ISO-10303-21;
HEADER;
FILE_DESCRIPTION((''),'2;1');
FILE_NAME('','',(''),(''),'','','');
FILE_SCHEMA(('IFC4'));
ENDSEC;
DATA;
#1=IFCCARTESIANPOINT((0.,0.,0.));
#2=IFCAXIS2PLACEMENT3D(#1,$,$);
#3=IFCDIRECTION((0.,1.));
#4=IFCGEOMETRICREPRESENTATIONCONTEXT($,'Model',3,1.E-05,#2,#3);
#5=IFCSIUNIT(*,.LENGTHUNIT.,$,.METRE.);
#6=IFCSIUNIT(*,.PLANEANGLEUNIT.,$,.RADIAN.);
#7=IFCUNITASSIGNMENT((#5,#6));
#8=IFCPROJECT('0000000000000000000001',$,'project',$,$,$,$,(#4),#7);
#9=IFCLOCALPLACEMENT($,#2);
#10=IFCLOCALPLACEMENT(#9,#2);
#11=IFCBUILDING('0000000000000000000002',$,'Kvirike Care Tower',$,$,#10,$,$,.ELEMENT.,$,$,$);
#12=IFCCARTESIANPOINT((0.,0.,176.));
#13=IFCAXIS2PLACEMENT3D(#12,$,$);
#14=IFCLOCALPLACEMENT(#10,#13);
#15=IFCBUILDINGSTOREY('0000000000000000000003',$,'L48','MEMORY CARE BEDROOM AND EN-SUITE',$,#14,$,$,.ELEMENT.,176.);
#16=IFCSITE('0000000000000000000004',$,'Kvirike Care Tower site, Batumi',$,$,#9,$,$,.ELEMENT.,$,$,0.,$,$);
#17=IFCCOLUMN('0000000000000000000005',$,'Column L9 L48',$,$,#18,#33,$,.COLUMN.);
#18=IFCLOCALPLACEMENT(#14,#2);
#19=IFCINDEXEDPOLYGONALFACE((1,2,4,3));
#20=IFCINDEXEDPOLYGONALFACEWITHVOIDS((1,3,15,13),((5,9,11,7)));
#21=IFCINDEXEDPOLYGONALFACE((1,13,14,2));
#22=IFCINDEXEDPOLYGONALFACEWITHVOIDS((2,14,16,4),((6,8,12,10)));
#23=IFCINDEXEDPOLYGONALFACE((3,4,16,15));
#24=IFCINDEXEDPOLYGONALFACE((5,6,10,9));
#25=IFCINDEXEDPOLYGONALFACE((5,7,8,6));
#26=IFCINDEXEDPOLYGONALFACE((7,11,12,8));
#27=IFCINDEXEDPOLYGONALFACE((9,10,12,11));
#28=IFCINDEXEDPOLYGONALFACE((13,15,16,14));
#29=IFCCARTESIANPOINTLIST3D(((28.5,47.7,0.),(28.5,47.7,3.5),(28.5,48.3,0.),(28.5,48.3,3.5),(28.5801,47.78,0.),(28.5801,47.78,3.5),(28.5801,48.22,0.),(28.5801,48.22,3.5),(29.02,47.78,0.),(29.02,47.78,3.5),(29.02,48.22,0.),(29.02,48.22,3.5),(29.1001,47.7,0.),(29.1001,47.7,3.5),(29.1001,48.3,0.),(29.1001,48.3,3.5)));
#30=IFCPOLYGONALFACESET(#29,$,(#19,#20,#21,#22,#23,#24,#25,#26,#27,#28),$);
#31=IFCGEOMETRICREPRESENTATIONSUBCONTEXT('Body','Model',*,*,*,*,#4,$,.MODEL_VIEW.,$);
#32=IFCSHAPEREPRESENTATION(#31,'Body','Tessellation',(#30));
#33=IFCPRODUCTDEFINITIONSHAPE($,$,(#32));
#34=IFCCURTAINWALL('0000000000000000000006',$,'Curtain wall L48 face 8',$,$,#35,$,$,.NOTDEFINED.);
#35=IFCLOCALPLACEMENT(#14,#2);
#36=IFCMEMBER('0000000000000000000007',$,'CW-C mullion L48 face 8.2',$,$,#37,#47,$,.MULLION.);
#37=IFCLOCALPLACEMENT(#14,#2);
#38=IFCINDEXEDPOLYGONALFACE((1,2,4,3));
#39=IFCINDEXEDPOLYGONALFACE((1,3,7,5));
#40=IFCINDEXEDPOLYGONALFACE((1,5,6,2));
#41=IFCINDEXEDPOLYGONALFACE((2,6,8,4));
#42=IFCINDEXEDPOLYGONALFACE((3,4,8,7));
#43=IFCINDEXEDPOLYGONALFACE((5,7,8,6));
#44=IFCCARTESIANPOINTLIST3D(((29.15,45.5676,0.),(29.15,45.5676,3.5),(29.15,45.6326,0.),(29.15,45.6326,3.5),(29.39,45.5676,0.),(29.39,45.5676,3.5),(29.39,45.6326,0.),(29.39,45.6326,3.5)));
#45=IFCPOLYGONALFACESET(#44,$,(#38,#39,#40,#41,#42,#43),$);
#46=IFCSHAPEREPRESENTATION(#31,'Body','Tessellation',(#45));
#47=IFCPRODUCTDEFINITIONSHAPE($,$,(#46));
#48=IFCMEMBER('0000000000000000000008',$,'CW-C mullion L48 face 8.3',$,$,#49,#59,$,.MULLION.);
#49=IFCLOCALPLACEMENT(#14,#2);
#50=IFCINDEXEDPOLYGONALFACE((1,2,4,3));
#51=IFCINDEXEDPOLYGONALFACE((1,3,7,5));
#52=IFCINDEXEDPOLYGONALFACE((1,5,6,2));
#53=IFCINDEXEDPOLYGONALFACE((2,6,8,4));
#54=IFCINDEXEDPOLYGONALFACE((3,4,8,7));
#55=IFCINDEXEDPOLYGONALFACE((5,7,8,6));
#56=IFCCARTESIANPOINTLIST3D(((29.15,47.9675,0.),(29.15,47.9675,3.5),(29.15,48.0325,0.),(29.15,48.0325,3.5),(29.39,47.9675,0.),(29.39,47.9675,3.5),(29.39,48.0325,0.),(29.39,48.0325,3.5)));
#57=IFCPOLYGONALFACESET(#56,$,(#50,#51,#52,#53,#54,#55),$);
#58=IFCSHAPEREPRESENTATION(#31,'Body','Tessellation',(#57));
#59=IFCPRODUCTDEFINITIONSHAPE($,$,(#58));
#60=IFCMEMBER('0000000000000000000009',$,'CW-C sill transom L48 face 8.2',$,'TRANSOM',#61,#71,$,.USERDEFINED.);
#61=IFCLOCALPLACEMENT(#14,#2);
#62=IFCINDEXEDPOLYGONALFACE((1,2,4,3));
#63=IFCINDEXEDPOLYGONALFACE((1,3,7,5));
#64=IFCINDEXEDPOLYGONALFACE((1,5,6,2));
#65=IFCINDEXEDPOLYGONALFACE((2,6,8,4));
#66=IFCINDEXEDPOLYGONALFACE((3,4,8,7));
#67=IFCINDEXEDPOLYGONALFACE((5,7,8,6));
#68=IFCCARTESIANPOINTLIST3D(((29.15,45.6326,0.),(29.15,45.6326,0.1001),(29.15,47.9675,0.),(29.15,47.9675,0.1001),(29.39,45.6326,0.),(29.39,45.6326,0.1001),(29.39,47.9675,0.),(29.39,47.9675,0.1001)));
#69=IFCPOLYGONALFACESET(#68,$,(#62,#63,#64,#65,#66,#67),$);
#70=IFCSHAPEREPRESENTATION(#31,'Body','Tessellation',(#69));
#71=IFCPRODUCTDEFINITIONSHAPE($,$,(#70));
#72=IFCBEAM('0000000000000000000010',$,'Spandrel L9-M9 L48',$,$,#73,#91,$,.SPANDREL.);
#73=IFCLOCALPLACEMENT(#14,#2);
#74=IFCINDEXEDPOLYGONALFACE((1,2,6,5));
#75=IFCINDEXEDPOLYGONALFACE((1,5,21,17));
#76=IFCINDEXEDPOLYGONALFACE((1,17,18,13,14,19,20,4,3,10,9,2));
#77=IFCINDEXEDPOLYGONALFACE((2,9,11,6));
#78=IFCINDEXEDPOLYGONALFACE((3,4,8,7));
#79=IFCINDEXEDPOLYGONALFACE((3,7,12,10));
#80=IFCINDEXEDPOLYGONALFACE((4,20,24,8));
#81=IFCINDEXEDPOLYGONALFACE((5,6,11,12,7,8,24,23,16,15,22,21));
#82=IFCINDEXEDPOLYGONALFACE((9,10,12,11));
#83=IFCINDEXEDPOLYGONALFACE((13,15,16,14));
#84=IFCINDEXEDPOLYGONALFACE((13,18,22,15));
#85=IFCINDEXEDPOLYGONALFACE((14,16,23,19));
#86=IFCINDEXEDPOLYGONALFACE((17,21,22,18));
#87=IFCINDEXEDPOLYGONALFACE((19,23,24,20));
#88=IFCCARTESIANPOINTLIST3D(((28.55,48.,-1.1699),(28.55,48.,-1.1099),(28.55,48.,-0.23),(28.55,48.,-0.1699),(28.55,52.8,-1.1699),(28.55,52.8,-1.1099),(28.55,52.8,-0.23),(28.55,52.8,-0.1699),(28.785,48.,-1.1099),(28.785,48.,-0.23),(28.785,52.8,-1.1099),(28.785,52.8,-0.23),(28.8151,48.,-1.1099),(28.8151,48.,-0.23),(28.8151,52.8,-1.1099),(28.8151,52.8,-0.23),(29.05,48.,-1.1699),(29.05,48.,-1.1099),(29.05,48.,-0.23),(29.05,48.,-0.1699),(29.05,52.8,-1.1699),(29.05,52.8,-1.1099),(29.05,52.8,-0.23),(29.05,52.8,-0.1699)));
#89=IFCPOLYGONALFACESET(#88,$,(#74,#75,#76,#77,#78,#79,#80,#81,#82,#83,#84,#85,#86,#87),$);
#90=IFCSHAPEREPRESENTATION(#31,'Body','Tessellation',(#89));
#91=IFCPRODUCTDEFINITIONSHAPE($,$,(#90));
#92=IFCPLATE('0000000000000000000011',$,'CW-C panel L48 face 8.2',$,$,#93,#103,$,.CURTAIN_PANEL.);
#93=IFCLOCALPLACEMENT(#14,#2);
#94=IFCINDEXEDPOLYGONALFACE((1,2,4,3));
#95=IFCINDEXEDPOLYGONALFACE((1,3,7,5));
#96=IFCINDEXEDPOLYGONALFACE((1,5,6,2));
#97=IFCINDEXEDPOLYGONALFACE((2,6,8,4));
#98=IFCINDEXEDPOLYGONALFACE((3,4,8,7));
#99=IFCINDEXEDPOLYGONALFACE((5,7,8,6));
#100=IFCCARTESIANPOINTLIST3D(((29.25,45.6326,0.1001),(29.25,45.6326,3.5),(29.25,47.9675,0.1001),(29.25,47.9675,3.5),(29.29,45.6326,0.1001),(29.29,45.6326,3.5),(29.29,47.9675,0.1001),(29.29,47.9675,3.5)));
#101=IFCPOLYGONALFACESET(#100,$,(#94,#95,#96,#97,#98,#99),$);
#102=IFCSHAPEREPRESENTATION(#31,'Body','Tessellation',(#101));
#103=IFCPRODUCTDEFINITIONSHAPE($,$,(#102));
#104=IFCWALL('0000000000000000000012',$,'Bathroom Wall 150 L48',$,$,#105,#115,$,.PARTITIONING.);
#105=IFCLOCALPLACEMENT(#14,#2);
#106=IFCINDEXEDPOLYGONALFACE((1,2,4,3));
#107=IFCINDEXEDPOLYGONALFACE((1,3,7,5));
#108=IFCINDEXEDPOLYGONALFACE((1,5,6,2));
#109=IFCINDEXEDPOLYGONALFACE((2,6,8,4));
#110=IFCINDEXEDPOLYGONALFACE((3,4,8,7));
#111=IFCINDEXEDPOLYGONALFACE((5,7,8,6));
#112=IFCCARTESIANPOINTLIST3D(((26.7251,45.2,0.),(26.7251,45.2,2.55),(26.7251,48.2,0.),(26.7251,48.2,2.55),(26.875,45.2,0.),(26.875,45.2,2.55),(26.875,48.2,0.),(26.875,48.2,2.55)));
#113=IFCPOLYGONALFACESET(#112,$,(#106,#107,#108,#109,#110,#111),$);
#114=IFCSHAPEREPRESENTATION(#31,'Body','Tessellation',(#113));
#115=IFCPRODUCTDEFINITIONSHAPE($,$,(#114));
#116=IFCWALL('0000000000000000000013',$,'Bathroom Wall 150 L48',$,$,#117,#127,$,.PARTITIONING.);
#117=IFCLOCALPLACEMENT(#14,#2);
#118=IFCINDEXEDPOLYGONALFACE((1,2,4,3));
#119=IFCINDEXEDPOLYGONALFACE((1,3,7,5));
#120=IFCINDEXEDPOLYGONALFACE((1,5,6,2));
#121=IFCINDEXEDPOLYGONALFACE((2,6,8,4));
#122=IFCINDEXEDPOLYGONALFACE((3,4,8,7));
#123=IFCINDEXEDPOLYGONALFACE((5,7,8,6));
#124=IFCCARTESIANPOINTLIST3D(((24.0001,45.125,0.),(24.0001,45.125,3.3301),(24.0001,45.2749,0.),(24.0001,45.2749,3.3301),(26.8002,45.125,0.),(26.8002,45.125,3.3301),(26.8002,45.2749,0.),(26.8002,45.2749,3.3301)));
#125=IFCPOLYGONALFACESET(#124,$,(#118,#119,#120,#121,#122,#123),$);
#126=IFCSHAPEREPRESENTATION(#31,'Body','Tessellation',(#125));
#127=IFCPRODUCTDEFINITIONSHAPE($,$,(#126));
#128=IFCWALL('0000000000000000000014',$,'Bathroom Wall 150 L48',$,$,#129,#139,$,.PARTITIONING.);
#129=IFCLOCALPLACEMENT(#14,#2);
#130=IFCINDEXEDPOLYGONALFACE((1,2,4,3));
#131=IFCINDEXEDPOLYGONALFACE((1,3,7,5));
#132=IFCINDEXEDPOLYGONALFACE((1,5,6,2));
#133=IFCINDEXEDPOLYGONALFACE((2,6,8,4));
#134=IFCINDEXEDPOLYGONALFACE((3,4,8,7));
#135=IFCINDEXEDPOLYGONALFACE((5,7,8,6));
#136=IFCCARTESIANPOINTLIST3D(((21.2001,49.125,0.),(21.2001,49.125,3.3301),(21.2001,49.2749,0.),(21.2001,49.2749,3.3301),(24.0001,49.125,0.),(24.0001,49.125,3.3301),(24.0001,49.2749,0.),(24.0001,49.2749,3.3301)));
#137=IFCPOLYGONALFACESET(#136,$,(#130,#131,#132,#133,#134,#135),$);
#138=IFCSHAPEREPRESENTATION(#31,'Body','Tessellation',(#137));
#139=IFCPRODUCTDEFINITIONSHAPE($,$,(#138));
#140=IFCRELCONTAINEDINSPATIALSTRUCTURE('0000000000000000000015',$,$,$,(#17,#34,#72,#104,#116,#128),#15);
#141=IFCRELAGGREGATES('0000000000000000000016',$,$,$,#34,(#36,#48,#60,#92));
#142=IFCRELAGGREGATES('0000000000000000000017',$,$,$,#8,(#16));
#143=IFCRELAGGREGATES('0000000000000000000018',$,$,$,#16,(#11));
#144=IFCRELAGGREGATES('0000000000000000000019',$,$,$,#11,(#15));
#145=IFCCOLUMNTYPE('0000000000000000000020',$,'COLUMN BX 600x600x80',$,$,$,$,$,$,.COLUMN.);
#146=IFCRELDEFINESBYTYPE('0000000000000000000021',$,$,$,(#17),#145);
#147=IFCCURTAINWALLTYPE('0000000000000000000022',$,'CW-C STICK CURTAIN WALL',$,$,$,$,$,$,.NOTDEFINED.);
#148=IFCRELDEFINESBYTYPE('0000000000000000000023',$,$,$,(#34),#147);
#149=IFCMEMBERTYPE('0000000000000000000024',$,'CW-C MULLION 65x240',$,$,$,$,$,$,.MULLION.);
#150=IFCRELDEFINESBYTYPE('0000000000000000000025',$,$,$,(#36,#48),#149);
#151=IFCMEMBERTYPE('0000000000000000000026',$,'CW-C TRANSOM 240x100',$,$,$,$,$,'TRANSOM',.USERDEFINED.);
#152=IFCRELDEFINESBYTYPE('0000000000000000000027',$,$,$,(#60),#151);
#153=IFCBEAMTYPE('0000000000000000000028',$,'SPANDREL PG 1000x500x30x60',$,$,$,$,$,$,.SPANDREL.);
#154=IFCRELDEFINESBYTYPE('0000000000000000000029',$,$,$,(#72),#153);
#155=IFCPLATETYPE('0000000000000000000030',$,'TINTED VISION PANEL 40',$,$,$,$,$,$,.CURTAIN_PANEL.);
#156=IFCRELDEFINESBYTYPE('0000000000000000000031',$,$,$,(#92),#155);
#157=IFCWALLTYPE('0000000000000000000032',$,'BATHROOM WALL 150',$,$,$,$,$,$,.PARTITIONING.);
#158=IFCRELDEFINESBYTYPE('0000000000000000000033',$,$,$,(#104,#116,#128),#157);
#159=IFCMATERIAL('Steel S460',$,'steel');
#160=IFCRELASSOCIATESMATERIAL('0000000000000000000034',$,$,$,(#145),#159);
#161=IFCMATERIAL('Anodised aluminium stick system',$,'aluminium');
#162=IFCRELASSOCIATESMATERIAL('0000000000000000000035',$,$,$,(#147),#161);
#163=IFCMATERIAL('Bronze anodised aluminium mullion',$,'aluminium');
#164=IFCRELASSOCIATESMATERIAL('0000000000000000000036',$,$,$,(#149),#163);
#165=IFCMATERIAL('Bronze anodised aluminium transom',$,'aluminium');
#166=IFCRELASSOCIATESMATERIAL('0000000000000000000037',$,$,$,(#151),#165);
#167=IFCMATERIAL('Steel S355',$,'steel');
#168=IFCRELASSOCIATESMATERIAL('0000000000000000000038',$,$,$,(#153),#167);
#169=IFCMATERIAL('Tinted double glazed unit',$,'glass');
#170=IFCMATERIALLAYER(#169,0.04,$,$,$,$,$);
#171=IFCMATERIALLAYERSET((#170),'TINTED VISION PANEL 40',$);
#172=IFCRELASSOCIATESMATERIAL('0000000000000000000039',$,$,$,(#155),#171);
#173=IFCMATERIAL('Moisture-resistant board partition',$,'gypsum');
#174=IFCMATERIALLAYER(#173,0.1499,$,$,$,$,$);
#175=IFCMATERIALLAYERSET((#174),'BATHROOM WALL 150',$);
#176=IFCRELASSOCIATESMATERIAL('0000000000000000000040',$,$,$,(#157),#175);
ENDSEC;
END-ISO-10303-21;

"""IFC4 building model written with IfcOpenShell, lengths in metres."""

from ifc_helpers import new_model, si_unit, direction, frame, frame_2d, origin, origin_2d, place, context, subcontext, project, spatial, rectangle, hollow_rectangle, i_section, extrude, material, layer, layer_set, material_profile, profile_set, type_object, element, aggregate, save


model = new_model("IFC4")

# Units and contexts
model_context = context("Model", 3, precision=1e-05, world=origin(), true_north=direction((0.0, 1.0)))
body_context = subcontext(model_context, "Body", "Model", "MODEL_VIEW")
ifc_project = project(units=[si_unit("LENGTHUNIT", "METRE"), si_unit("PLANEANGLEUNIT", "RADIAN")], contexts=[model_context])

# Site, building, storey
site_placement = place(None, origin())
site = spatial("IfcSite", under=ifc_project, at=site_placement, Name="Kvirike Care Tower site, Batumi", CompositionType="ELEMENT", RefElevation=0.0)
building_placement = place(site_placement, origin())
building = spatial("IfcBuilding", under=site, at=building_placement, Name="Kvirike Care Tower", CompositionType="ELEMENT")
storey_placement = place(building_placement, frame((0.0, 0.0, 176.0)))
storey = spatial("IfcBuildingStorey", under=building, at=storey_placement, Name="L48", Description="MEMORY CARE BEDROOM AND EN-SUITE", CompositionType="ELEMENT", Elevation=176.0)

# Column
ifc_material_1 = material(Name="Steel S460", Category="steel")
ifc_material_profile_1 = material_profile(ifc_material_1, hollow_rectangle(XDim=0.6001, YDim=0.6001, WallThickness=0.0801, at=origin_2d()), Name="BX 600x600x80")
ifc_profile_set_1 = profile_set([ifc_material_profile_1], Name="Steel S460")
column_type = type_object("IfcColumnType", Name="COLUMN BX 600x600x80", PredefinedType="COLUMN", material=ifc_profile_set_1)
column_placement = place(storey_placement, frame((28.8, 48.0, 0.0), z_axis=(0.0, 0.0, 1.0), x_axis=(1.0, 0.0, 0.0)))
element("IfcColumn", 1, at=column_placement, inside=storey, type_object=column_type, Name="Column L9 L48", PredefinedType="COLUMN", context=body_context, shape_type="SweptSolid", body=[
    extrude(hollow_rectangle(XDim=0.6001, YDim=0.6001, WallThickness=0.0801, at=origin_2d()), origin(), (0.0, 0.0, 1.0), 3.5),
])

# Curtain wall, members
ifc_material_2 = material(Name="Anodised aluminium stick system", Category="aluminium")
curtain_wall_type = type_object("IfcCurtainWallType", Name="CW-C STICK CURTAIN WALL", PredefinedType="NOTDEFINED", material=ifc_material_2)
curtain_wall_placement = place(storey_placement, origin())
curtain_wall = element("IfcCurtainWall", 2, at=curtain_wall_placement, inside=storey, type_object=curtain_wall_type, Name="Curtain wall L48 face 8", PredefinedType="NOTDEFINED")
ifc_material_3 = material(Name="Bronze anodised aluminium mullion", Category="aluminium")
ifc_material_profile_2 = material_profile(ifc_material_3, rectangle(XDim=0.0649, YDim=0.24, at=origin_2d()), Name="CW-C MULLION 65x240")
ifc_profile_set_2 = profile_set([ifc_material_profile_2], Name="Bronze anodised aluminium mullion")
member_type_1 = type_object("IfcMemberType", Name="CW-C MULLION 65x240", PredefinedType="MULLION", material=ifc_profile_set_2)
member_1_placement = place(storey_placement, frame((29.27, 45.6001, 0.0), z_axis=(0.0, 0.0, 1.0), x_axis=(0.0, 1.0, 0.0)))
member_1 = element("IfcMember", 3, at=member_1_placement, type_object=member_type_1, Name="CW-C mullion L48 face 8.2", PredefinedType="MULLION", context=body_context, shape_type="SweptSolid", body=[
    extrude(rectangle(XDim=0.0649, YDim=0.24, at=origin_2d()), origin(), (0.0, 0.0, 1.0), 3.5),
])
member_2_placement = place(storey_placement, frame((29.27, 48.0, 0.0), z_axis=(0.0, 0.0, 1.0), x_axis=(0.0, 1.0, 0.0)))
member_2 = element("IfcMember", 4, at=member_2_placement, type_object=member_type_1, Name="CW-C mullion L48 face 8.3", PredefinedType="MULLION", context=body_context, shape_type="SweptSolid", body=[
    extrude(rectangle(XDim=0.0649, YDim=0.24, at=origin_2d()), origin(), (0.0, 0.0, 1.0), 3.5),
])
ifc_material_4 = material(Name="Bronze anodised aluminium transom", Category="aluminium")
ifc_material_profile_3 = material_profile(ifc_material_4, rectangle(XDim=0.24, YDim=0.1001, at=origin_2d()), Name="CW-C TRANSOM 240x100")
ifc_profile_set_3 = profile_set([ifc_material_profile_3], Name="Bronze anodised aluminium transom")
member_type_2 = type_object("IfcMemberType", Name="CW-C TRANSOM 240x100", ElementType="TRANSOM", PredefinedType="USERDEFINED", material=ifc_profile_set_3)
member_3_placement = place(storey_placement, frame((29.27, 45.6326, 0.05), z_axis=(0.0, 1.0, 0.0), x_axis=(-1.0, 0.0, 0.0)))
member_3 = element("IfcMember", 5, at=member_3_placement, type_object=member_type_2, Name="CW-C sill transom L48 face 8.2", ObjectType="TRANSOM", PredefinedType="USERDEFINED", context=body_context, shape_type="SweptSolid", body=[
    extrude(rectangle(XDim=0.24, YDim=0.1001, at=origin_2d()), origin(), (0.0, 0.0, 1.0), 2.335),
])

# Beam
ifc_material_5 = material(Name="Steel S355", Category="steel")
ifc_material_profile_4 = material_profile(ifc_material_5, i_section(OverallWidth=0.5, OverallDepth=1.0, WebThickness=0.03, FlangeThickness=0.0601, at=origin_2d()), Name="PG 1000x500x30x60")
ifc_profile_set_4 = profile_set([ifc_material_profile_4], Name="Steel S355")
beam_type = type_object("IfcBeamType", Name="SPANDREL PG 1000x500x30x60", PredefinedType="SPANDREL", material=ifc_profile_set_4)
beam_placement = place(storey_placement, frame((28.8, 48.0, -0.6699), z_axis=(0.0, 1.0, 0.0), x_axis=(-1.0, 0.0, 0.0)))
element("IfcBeam", 6, at=beam_placement, inside=storey, type_object=beam_type, Name="Spandrel L9-M9 L48", PredefinedType="SPANDREL", context=body_context, shape_type="SweptSolid", body=[
    extrude(i_section(OverallWidth=0.5, OverallDepth=1.0, WebThickness=0.03, FlangeThickness=0.0601, at=origin_2d()), origin(), (0.0, 0.0, 1.0), 4.8),
])

# Plate
ifc_material_6 = material(Name="Tinted double glazed unit", Category="glass")
ifc_layer_1 = layer(ifc_material_6, 0.04)
ifc_layer_set_1 = layer_set([ifc_layer_1], Name="TINTED VISION PANEL 40")
plate_type = type_object("IfcPlateType", Name="TINTED VISION PANEL 40", PredefinedType="CURTAIN_PANEL", material=ifc_layer_set_1)
plate_placement = place(storey_placement, frame((29.27, 46.8, 0.1001), z_axis=(0.0, 0.0, 1.0), x_axis=(0.0, 1.0, 0.0)))
plate = element("IfcPlate", 7, at=plate_placement, type_object=plate_type, Name="CW-C panel L48 face 8.2", PredefinedType="CURTAIN_PANEL", context=body_context, shape_type="SweptSolid", body=[
    extrude(rectangle(XDim=2.335, YDim=0.04, at=origin_2d()), origin(), (0.0, 0.0, 1.0), 3.3999),
])
aggregate(curtain_wall, [member_1, member_2, member_3, plate])

# Walls
ifc_material_7 = material(Name="Moisture-resistant board partition", Category="gypsum")
ifc_layer_2 = layer(ifc_material_7, 0.1499)
ifc_layer_set_2 = layer_set([ifc_layer_2], Name="BATHROOM WALL 150")
wall_type_1 = type_object("IfcWallType", Name="BATHROOM WALL 150", PredefinedType="PARTITIONING", material=ifc_layer_set_2)
wall_1_placement = place(storey_placement, frame((26.8, 48.2, 0.0), z_axis=(0.0, 0.0, 1.0), x_axis=(0.0, -1.0, 0.0)))
element("IfcWall", 8, at=wall_1_placement, inside=storey, type_object=wall_type_1, Name="Bathroom Wall 150 L48", PredefinedType="PARTITIONING", context=body_context, shape_type="SweptSolid", body=[
    extrude(rectangle(XDim=3.0, YDim=0.1499, at=frame_2d((1.5, 0.0))), origin(), (0.0, 0.0, 1.0), 2.55),
])
for number, where, z_axis, x_axis, name in (
    (9, (26.8, 45.2, 0.0), (0.0, 0.0, 1.0), (-1.0, 0.0, 0.0), "Bathroom Wall 150 L48"),
    (10, (24.0, 49.2, 0.0), (0.0, 0.0, 1.0), (-1.0, 0.0, 0.0), "Bathroom Wall 150 L48"),
):
    element("IfcWall", number, at=place(storey_placement, frame(where, z_axis=z_axis, x_axis=x_axis)), inside=storey, type_object=wall_type_1, Name=name, PredefinedType="PARTITIONING", context=body_context, shape_type="SweptSolid", body=[
        extrude(rectangle(XDim=2.8, YDim=0.1499, at=frame_2d((1.3999, 0.0))), origin(), (0.0, 0.0, 1.0), 3.3301),
    ])

save(model, "model.ifc")
